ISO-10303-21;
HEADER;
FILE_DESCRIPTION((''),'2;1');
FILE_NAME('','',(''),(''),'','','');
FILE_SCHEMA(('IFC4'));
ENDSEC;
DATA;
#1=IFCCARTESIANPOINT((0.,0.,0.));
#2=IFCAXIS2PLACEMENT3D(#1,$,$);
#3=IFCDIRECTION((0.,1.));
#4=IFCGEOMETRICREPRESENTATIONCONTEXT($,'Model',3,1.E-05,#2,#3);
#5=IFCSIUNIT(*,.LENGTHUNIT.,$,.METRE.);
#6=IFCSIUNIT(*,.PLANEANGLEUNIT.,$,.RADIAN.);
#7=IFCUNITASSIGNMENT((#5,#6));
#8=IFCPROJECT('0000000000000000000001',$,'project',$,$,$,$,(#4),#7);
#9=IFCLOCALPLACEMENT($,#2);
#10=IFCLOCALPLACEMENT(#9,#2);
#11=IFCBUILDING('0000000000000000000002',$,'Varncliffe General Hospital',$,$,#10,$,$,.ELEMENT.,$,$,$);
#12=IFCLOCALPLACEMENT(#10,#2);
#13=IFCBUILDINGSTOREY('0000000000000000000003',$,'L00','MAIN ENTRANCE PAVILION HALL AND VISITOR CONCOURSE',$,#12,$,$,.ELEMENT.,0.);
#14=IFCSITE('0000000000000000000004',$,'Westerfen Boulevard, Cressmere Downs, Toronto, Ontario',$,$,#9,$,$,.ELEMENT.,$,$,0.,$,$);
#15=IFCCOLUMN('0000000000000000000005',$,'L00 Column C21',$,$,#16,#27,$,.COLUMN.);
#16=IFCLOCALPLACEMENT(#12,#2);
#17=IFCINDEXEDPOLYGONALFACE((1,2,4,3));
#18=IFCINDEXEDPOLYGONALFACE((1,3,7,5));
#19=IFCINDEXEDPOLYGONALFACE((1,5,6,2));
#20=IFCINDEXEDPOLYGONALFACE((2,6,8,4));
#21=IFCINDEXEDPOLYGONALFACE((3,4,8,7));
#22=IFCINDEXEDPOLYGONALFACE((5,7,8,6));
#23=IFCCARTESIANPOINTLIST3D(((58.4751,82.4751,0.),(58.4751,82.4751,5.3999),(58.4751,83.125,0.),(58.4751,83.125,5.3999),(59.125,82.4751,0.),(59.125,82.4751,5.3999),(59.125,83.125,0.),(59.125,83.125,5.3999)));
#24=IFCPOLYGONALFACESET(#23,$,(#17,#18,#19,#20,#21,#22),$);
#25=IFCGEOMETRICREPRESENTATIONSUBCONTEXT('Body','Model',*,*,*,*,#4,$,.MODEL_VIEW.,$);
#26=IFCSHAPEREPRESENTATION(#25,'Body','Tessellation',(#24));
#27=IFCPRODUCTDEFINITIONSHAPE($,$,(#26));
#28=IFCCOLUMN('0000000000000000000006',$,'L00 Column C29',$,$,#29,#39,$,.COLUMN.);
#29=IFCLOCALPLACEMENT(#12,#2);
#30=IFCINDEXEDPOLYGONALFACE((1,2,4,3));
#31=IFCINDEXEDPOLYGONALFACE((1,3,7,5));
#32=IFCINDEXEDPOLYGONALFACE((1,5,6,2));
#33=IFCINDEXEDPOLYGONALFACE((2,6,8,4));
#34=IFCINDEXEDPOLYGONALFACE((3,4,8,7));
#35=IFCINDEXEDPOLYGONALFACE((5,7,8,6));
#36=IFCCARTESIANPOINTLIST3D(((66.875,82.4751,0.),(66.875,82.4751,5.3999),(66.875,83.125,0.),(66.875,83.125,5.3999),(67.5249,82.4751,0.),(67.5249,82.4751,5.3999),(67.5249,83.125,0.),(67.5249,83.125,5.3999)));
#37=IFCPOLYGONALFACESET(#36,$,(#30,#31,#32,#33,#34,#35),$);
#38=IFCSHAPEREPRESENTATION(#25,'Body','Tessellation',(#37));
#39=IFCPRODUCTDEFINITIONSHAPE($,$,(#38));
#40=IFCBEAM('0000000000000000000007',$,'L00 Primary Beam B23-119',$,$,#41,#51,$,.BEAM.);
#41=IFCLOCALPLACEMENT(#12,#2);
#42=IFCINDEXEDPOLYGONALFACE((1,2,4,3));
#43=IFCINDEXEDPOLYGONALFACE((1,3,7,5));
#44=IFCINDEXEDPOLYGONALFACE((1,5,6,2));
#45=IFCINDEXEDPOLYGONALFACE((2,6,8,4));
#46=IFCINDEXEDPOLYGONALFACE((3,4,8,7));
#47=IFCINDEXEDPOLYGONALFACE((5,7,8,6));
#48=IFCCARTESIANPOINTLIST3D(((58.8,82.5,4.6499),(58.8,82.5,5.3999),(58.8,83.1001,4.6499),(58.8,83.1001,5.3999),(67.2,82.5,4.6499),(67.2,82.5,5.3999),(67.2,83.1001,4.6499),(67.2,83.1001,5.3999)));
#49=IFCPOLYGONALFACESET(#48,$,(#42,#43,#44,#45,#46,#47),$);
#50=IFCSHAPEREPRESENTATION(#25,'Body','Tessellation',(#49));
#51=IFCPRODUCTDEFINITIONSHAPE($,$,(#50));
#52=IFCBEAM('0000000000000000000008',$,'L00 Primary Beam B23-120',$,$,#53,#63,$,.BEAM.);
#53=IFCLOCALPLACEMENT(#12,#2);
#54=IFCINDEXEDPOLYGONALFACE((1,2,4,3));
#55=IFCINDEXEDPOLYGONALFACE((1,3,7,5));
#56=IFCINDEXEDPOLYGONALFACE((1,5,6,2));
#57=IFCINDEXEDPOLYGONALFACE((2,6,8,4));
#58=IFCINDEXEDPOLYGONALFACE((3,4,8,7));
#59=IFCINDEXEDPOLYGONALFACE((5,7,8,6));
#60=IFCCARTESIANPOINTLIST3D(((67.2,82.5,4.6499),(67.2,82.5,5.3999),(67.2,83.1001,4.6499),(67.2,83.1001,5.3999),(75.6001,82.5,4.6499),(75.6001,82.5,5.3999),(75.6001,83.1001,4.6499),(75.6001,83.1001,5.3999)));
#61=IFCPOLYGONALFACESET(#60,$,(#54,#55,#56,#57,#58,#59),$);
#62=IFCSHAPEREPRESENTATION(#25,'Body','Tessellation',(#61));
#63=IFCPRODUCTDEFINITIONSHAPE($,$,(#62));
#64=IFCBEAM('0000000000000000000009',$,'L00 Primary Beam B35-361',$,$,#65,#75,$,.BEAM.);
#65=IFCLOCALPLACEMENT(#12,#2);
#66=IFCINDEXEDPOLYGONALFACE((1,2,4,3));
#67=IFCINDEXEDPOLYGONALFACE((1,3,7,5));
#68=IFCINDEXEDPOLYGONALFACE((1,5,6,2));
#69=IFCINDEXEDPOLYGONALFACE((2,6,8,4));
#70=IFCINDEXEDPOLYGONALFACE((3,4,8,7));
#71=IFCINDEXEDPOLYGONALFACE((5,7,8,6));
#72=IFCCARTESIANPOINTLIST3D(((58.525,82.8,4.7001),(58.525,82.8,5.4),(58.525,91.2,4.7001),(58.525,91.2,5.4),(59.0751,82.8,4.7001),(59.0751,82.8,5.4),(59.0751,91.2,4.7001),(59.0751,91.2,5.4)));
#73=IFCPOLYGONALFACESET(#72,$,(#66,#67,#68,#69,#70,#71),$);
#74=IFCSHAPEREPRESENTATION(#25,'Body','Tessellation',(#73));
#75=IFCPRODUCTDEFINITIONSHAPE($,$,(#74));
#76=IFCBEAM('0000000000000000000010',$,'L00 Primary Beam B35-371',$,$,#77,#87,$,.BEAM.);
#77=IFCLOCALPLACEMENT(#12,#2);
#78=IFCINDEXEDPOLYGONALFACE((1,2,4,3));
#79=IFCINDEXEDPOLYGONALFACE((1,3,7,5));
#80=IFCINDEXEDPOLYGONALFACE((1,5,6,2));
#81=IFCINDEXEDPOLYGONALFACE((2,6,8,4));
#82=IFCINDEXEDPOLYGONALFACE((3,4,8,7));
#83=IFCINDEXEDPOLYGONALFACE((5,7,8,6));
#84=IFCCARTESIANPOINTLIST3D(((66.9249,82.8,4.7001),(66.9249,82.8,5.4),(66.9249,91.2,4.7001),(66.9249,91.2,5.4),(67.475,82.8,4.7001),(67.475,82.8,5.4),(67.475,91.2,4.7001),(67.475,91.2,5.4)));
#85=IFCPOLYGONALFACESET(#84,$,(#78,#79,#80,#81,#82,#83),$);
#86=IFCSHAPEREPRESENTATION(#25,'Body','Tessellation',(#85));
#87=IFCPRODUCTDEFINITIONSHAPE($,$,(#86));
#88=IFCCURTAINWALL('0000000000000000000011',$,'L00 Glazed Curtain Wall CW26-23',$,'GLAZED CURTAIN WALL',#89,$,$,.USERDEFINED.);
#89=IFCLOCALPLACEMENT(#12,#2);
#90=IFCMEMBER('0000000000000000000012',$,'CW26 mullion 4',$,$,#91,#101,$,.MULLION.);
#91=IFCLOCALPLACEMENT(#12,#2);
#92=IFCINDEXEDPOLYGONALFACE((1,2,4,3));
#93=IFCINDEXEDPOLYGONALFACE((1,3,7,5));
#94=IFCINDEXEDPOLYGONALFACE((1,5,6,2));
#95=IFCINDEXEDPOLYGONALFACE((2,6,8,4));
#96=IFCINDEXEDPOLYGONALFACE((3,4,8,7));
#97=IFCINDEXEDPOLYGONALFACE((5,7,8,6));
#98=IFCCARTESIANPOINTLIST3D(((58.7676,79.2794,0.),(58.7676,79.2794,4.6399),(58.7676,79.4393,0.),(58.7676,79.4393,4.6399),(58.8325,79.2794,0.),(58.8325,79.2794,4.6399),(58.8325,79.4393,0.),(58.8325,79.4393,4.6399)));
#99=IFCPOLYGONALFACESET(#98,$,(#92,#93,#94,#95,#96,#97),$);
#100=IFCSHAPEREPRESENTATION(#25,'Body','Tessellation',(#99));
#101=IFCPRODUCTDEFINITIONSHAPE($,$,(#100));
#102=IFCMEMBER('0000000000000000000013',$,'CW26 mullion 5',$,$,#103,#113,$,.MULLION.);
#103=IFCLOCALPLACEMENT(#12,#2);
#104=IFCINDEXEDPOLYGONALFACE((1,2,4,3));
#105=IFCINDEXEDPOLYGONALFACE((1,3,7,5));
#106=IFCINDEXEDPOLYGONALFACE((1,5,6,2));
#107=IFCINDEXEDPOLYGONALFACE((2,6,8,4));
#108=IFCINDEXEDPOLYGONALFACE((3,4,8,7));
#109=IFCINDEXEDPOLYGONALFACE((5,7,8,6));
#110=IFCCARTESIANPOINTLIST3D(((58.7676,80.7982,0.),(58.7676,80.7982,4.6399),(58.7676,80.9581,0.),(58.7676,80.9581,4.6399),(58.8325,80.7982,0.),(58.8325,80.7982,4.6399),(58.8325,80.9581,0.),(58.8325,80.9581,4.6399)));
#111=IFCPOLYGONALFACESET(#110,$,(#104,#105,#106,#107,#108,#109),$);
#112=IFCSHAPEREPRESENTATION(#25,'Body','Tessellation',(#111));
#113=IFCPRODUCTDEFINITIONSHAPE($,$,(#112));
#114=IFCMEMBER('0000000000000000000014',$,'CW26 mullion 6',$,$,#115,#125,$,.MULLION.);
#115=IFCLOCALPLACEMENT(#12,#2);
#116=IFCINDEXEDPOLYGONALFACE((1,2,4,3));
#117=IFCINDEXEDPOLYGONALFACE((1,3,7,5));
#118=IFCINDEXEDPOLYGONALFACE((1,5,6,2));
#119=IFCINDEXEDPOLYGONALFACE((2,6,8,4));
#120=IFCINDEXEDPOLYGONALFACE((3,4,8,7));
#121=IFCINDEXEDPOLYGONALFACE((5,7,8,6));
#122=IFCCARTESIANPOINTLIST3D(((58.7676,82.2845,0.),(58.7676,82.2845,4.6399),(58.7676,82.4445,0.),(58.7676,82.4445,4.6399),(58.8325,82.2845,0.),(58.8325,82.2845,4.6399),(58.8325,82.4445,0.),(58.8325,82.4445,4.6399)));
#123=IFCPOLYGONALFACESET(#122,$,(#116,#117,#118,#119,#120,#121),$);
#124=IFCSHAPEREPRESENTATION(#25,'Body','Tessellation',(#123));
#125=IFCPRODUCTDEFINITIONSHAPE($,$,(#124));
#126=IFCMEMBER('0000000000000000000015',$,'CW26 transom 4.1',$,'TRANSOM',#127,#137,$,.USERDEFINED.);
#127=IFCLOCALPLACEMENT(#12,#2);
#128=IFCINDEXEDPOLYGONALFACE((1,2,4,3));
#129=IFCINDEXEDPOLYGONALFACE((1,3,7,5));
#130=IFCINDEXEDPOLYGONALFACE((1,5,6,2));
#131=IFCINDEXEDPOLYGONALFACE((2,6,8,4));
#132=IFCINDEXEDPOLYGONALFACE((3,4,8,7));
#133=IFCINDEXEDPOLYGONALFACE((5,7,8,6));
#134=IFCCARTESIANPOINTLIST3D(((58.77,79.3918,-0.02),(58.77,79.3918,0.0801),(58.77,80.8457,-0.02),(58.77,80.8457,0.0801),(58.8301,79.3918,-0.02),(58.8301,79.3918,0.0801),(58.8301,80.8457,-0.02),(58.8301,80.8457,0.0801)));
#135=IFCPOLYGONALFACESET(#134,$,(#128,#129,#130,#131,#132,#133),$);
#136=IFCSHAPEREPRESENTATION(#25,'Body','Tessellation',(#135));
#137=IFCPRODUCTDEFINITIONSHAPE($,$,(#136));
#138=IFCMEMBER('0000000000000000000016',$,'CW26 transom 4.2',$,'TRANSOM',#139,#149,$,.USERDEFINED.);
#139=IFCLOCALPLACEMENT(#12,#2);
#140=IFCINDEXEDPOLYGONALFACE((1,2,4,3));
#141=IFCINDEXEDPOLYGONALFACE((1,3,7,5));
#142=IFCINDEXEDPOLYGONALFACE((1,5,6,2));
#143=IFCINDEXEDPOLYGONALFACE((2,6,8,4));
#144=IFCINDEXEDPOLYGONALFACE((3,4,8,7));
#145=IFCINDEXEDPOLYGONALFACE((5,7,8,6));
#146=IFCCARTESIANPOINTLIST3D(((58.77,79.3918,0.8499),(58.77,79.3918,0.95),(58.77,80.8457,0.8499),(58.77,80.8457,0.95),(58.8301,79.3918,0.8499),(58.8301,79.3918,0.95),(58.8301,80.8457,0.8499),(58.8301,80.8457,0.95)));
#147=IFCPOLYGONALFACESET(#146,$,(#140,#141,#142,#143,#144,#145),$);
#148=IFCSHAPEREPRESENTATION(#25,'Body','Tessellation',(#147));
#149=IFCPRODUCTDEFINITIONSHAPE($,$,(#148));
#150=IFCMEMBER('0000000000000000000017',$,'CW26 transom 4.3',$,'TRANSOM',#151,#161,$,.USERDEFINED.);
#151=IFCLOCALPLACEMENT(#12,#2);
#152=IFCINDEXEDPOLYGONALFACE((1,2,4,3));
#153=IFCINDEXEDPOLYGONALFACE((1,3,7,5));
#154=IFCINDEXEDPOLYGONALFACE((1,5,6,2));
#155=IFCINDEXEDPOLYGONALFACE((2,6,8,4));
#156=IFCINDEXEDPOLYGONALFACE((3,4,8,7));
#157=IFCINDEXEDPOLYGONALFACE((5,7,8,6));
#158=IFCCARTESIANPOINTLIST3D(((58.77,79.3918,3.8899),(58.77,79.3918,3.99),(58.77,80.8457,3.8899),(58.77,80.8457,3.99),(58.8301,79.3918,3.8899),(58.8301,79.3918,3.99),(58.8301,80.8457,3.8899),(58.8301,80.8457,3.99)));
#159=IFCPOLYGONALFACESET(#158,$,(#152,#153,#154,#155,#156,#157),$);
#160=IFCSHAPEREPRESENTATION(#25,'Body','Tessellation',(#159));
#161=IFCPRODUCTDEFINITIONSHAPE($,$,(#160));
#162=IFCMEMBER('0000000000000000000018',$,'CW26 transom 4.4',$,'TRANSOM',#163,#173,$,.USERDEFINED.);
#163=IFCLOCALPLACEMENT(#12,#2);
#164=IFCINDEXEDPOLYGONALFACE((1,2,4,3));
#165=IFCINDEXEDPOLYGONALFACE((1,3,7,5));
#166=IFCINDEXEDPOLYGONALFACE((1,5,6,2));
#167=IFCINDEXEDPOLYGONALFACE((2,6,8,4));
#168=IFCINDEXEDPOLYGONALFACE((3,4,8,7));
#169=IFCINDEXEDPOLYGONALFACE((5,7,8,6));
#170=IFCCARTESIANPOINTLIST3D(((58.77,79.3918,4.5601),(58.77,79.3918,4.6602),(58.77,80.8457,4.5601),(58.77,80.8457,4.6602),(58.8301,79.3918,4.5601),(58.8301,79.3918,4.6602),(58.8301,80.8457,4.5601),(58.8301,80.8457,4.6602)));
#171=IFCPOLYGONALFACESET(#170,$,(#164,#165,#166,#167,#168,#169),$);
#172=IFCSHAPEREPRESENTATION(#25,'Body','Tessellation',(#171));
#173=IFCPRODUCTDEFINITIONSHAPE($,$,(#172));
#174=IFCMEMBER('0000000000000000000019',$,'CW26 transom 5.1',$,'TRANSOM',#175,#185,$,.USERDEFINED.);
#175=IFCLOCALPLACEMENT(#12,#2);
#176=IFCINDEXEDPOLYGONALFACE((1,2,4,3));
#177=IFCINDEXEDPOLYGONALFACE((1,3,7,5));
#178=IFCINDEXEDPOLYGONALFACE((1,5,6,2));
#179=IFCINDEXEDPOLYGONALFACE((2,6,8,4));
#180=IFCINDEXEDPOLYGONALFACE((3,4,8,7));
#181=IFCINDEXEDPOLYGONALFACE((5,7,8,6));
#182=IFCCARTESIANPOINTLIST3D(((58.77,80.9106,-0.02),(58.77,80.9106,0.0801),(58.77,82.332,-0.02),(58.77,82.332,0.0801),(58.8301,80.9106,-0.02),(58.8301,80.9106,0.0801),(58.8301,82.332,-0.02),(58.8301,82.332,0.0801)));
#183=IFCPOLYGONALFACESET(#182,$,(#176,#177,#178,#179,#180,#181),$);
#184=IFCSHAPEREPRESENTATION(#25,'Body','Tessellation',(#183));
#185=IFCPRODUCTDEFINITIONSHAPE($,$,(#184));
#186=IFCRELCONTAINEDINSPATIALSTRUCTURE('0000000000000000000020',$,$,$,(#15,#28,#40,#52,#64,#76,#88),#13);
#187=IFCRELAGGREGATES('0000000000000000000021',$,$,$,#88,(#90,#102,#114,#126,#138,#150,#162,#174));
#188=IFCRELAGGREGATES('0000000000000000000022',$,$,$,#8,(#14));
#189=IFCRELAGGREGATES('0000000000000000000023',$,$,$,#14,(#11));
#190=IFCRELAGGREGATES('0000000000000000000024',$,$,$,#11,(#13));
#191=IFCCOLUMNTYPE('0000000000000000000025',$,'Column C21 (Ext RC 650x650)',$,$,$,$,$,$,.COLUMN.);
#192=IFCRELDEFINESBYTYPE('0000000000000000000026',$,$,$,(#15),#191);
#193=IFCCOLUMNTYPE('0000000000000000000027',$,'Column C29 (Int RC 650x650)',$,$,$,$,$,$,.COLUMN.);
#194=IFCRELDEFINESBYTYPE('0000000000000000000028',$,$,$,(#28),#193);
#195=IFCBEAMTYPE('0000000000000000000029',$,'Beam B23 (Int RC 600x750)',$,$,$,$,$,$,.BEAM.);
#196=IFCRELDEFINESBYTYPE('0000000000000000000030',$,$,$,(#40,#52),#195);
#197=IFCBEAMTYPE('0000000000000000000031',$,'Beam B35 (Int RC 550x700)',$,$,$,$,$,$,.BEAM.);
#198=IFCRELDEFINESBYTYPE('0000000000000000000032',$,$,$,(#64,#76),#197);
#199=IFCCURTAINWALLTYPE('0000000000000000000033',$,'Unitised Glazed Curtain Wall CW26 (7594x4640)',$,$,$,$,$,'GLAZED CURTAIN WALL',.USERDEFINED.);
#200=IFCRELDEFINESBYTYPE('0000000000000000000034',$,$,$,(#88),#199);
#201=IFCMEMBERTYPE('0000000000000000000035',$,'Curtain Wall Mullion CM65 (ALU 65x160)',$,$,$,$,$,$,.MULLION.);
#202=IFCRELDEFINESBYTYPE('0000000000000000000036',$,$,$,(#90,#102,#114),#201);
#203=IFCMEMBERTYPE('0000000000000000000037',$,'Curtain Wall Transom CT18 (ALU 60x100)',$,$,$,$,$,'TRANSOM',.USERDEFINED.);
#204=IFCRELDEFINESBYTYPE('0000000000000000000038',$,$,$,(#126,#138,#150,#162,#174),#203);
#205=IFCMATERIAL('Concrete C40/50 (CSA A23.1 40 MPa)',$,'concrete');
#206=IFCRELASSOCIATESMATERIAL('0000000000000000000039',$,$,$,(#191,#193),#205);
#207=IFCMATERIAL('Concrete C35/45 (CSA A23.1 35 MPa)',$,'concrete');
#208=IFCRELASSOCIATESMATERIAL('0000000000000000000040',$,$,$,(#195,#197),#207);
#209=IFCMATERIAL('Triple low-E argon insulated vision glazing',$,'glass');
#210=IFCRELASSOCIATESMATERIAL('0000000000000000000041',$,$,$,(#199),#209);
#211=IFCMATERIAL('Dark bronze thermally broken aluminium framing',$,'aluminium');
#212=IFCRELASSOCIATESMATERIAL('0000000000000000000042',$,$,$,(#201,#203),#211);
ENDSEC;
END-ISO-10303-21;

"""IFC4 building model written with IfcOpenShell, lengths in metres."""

from ifc_helpers import new_model, si_unit, direction, frame, origin, origin_2d, place, context, subcontext, project, spatial, rectangle, extrude, material, material_profile, profile_set, type_object, element, aggregate, save


model = new_model("IFC4")

# Units and contexts
model_context = context("Model", 3, precision=1e-05, world=origin(), true_north=direction((0.0, 1.0)))
body_context = subcontext(model_context, "Body", "Model", "MODEL_VIEW")
ifc_project = project(units=[si_unit("LENGTHUNIT", "METRE"), si_unit("PLANEANGLEUNIT", "RADIAN")], contexts=[model_context])

# Site, building, storey
site_placement = place(None, origin())
site = spatial("IfcSite", under=ifc_project, at=site_placement, Name="Westerfen Boulevard, Cressmere Downs, Toronto, Ontario", CompositionType="ELEMENT", RefElevation=0.0)
building_placement = place(site_placement, origin())
building = spatial("IfcBuilding", under=site, at=building_placement, Name="Varncliffe General Hospital", CompositionType="ELEMENT")
storey_placement = place(building_placement, origin())
storey = spatial("IfcBuildingStorey", under=building, at=storey_placement, Name="L00", Description="MAIN ENTRANCE PAVILION HALL AND VISITOR CONCOURSE", CompositionType="ELEMENT", Elevation=0.0)

# Columns
ifc_material_1 = material(Name="Concrete C40/50 (CSA A23.1 40 MPa)", Category="concrete")
ifc_material_profile_1 = material_profile(ifc_material_1, rectangle(XDim=0.6499, YDim=0.6499, at=origin_2d()), Name="RC 650x650")
ifc_profile_set_1 = profile_set([ifc_material_profile_1], Name="Concrete C40/50 (CSA A23.1 40 MPa)")
column_type_1 = type_object("IfcColumnType", Name="Column C21 (Ext RC 650x650)", PredefinedType="COLUMN", material=ifc_profile_set_1)
column_1_placement = place(storey_placement, frame((58.8, 82.8, 0.0), z_axis=(0.0, 0.0, 1.0), x_axis=(1.0, 0.0, 0.0)))
element("IfcColumn", 1, at=column_1_placement, inside=storey, type_object=column_type_1, Name="L00 Column C21", PredefinedType="COLUMN", context=body_context, shape_type="SweptSolid", body=[
    extrude(rectangle(XDim=0.6499, YDim=0.6499, at=origin_2d()), origin(), (0.0, 0.0, 1.0), 5.3999),
])
ifc_material_profile_2 = material_profile(ifc_material_1, rectangle(XDim=0.6499, YDim=0.6499, at=origin_2d()), Name="RC 650x650")
ifc_profile_set_2 = profile_set([ifc_material_profile_2], Name="Concrete C40/50 (CSA A23.1 40 MPa)")
column_type_2 = type_object("IfcColumnType", Name="Column C29 (Int RC 650x650)", PredefinedType="COLUMN", material=ifc_profile_set_2)
column_2_placement = place(storey_placement, frame((67.2, 82.8, 0.0), z_axis=(0.0, 0.0, 1.0), x_axis=(1.0, 0.0, 0.0)))
element("IfcColumn", 2, at=column_2_placement, inside=storey, type_object=column_type_2, Name="L00 Column C29", PredefinedType="COLUMN", context=body_context, shape_type="SweptSolid", body=[
    extrude(rectangle(XDim=0.6499, YDim=0.6499, at=origin_2d()), origin(), (0.0, 0.0, 1.0), 5.3999),
])

# Beams
ifc_material_2 = material(Name="Concrete C35/45 (CSA A23.1 35 MPa)", Category="concrete")
ifc_material_profile_3 = material_profile(ifc_material_2, rectangle(XDim=0.6001, YDim=0.75, at=origin_2d()), Name="RC 600x750")
ifc_profile_set_3 = profile_set([ifc_material_profile_3], Name="Concrete C35/45 (CSA A23.1 35 MPa)")
beam_type_1 = type_object("IfcBeamType", Name="Beam B23 (Int RC 600x750)", PredefinedType="BEAM", material=ifc_profile_set_3)
beam_1_placement = place(storey_placement, frame((58.8, 82.8, 5.0249), z_axis=(1.0, 0.0, 0.0), x_axis=(0.0, 1.0, 0.0)))
element("IfcBeam", 3, at=beam_1_placement, inside=storey, type_object=beam_type_1, Name="L00 Primary Beam B23-119", PredefinedType="BEAM", context=body_context, shape_type="SweptSolid", body=[
    extrude(rectangle(XDim=0.6001, YDim=0.75, at=origin_2d()), origin(), (0.0, 0.0, 1.0), 8.3999),
])
beam_2_placement = place(storey_placement, frame((67.2, 82.8, 5.0249), z_axis=(1.0, 0.0, 0.0), x_axis=(0.0, 1.0, 0.0)))
element("IfcBeam", 4, at=beam_2_placement, inside=storey, type_object=beam_type_1, Name="L00 Primary Beam B23-120", PredefinedType="BEAM", context=body_context, shape_type="SweptSolid", body=[
    extrude(rectangle(XDim=0.6001, YDim=0.75, at=origin_2d()), origin(), (0.0, 0.0, 1.0), 8.4001),
])
ifc_material_profile_4 = material_profile(ifc_material_2, rectangle(XDim=0.55, YDim=0.7, at=origin_2d()), Name="RC 550x700")
ifc_profile_set_4 = profile_set([ifc_material_profile_4], Name="Concrete C35/45 (CSA A23.1 35 MPa)")
beam_type_2 = type_object("IfcBeamType", Name="Beam B35 (Int RC 550x700)", PredefinedType="BEAM", material=ifc_profile_set_4)
for number, where, z_axis, x_axis, name in (
    (5, (58.8, 82.8, 5.05), (0.0, 1.0, 0.0), (-1.0, 0.0, 0.0), "L00 Primary Beam B35-361"),
    (6, (67.2, 82.8, 5.05), (0.0, 1.0, 0.0), (-1.0, 0.0, 0.0), "L00 Primary Beam B35-371"),
):
    element("IfcBeam", number, at=place(storey_placement, frame(where, z_axis=z_axis, x_axis=x_axis)), inside=storey, type_object=beam_type_2, Name=name, PredefinedType="BEAM", context=body_context, shape_type="SweptSolid", body=[
        extrude(rectangle(XDim=0.55, YDim=0.7, at=origin_2d()), origin(), (0.0, 0.0, 1.0), 8.3999),
    ])

# Curtain wall, members
ifc_material_3 = material(Name="Triple low-E argon insulated vision glazing", Category="glass")
curtain_wall_type = type_object("IfcCurtainWallType", Name="Unitised Glazed Curtain Wall CW26 (7594x4640)", ElementType="GLAZED CURTAIN WALL", PredefinedType="USERDEFINED", material=ifc_material_3)
curtain_wall_placement = place(storey_placement, origin())
curtain_wall = element("IfcCurtainWall", 7, at=curtain_wall_placement, inside=storey, type_object=curtain_wall_type, Name="L00 Glazed Curtain Wall CW26-23", ObjectType="GLAZED CURTAIN WALL", PredefinedType="USERDEFINED")
ifc_material_4 = material(Name="Dark bronze thermally broken aluminium framing", Category="aluminium")
ifc_material_profile_5 = material_profile(ifc_material_4, rectangle(XDim=0.0649, YDim=0.1599, at=origin_2d()), Name="ALU 65x160")
ifc_profile_set_5 = profile_set([ifc_material_profile_5], Name="Dark bronze thermally broken aluminium framing")
member_type_1 = type_object("IfcMemberType", Name="Curtain Wall Mullion CM65 (ALU 65x160)", PredefinedType="MULLION", material=ifc_profile_set_5)
member_1_placement = place(storey_placement, frame((58.8, 79.3594, 0.0), z_axis=(0.0, 0.0, 1.0), x_axis=(-1.0, 0.0, 0.0)))
member_1 = element("IfcMember", 8, at=member_1_placement, type_object=member_type_1, Name="CW26 mullion 4", PredefinedType="MULLION", context=body_context, shape_type="SweptSolid", body=[
    extrude(rectangle(XDim=0.0649, YDim=0.1599, at=origin_2d()), origin(), (0.0, 0.0, 1.0), 4.6399),
])
member_2_placement = place(storey_placement, frame((58.8, 80.8782, 0.0), z_axis=(0.0, 0.0, 1.0), x_axis=(-1.0, 0.0, 0.0)))
member_2 = element("IfcMember", 9, at=member_2_placement, type_object=member_type_1, Name="CW26 mullion 5", PredefinedType="MULLION", context=body_context, shape_type="SweptSolid", body=[
    extrude(rectangle(XDim=0.0649, YDim=0.1599, at=origin_2d()), origin(), (0.0, 0.0, 1.0), 4.6399),
])
member_3_placement = place(storey_placement, frame((58.8, 82.3645, 0.0), z_axis=(0.0, 0.0, 1.0), x_axis=(-1.0, 0.0, 0.0)))
member_3 = element("IfcMember", 10, at=member_3_placement, type_object=member_type_1, Name="CW26 mullion 6", PredefinedType="MULLION", context=body_context, shape_type="SweptSolid", body=[
    extrude(rectangle(XDim=0.0649, YDim=0.1599, at=origin_2d()), origin(), (0.0, 0.0, 1.0), 4.6399),
])
ifc_material_profile_6 = material_profile(ifc_material_4, rectangle(XDim=0.0601, YDim=0.1001, at=origin_2d()), Name="ALU 60x100")
ifc_profile_set_6 = profile_set([ifc_material_profile_6], Name="Dark bronze thermally broken aluminium framing")
member_type_2 = type_object("IfcMemberType", Name="Curtain Wall Transom CT18 (ALU 60x100)", ElementType="TRANSOM", PredefinedType="USERDEFINED", material=ifc_profile_set_6)
member_4_placement = place(storey_placement, frame((58.8, 79.3918, 0.03), z_axis=(0.0, 1.0, 0.0), x_axis=(-1.0, 0.0, 0.0)))
member_4 = element("IfcMember", 11, at=member_4_placement, type_object=member_type_2, Name="CW26 transom 4.1", ObjectType="TRANSOM", PredefinedType="USERDEFINED", context=body_context, shape_type="SweptSolid", body=[
    extrude(rectangle(XDim=0.0601, YDim=0.1001, at=origin_2d()), origin(), (0.0, 0.0, 1.0), 1.4539),
])
member_5_placement = place(storey_placement, frame((58.8, 79.3918, 0.8999), z_axis=(0.0, 1.0, 0.0), x_axis=(-1.0, 0.0, 0.0)))
member_5 = element("IfcMember", 12, at=member_5_placement, type_object=member_type_2, Name="CW26 transom 4.2", ObjectType="TRANSOM", PredefinedType="USERDEFINED", context=body_context, shape_type="SweptSolid", body=[
    extrude(rectangle(XDim=0.0601, YDim=0.1001, at=origin_2d()), origin(), (0.0, 0.0, 1.0), 1.4539),
])
member_6_placement = place(storey_placement, frame((58.8, 79.3918, 3.9399), z_axis=(0.0, 1.0, 0.0), x_axis=(-1.0, 0.0, 0.0)))
member_6 = element("IfcMember", 13, at=member_6_placement, type_object=member_type_2, Name="CW26 transom 4.3", ObjectType="TRANSOM", PredefinedType="USERDEFINED", context=body_context, shape_type="SweptSolid", body=[
    extrude(rectangle(XDim=0.0601, YDim=0.1001, at=origin_2d()), origin(), (0.0, 0.0, 1.0), 1.4539),
])
member_7_placement = place(storey_placement, frame((58.8, 79.3918, 4.6101), z_axis=(0.0, 1.0, 0.0), x_axis=(-1.0, 0.0, 0.0)))
member_7 = element("IfcMember", 14, at=member_7_placement, type_object=member_type_2, Name="CW26 transom 4.4", ObjectType="TRANSOM", PredefinedType="USERDEFINED", context=body_context, shape_type="SweptSolid", body=[
    extrude(rectangle(XDim=0.0601, YDim=0.1001, at=origin_2d()), origin(), (0.0, 0.0, 1.0), 1.4539),
])
member_8_placement = place(storey_placement, frame((58.8, 80.9106, 0.03), z_axis=(0.0, 1.0, 0.0), x_axis=(-1.0, 0.0, 0.0)))
member_8 = element("IfcMember", 15, at=member_8_placement, type_object=member_type_2, Name="CW26 transom 5.1", ObjectType="TRANSOM", PredefinedType="USERDEFINED", context=body_context, shape_type="SweptSolid", body=[
    extrude(rectangle(XDim=0.0601, YDim=0.1001, at=origin_2d()), origin(), (0.0, 0.0, 1.0), 1.4214),
])

aggregate(curtain_wall, [member_1, member_2, member_3, member_4, member_5, member_6, member_7, member_8])

save(model, "model.ifc")
